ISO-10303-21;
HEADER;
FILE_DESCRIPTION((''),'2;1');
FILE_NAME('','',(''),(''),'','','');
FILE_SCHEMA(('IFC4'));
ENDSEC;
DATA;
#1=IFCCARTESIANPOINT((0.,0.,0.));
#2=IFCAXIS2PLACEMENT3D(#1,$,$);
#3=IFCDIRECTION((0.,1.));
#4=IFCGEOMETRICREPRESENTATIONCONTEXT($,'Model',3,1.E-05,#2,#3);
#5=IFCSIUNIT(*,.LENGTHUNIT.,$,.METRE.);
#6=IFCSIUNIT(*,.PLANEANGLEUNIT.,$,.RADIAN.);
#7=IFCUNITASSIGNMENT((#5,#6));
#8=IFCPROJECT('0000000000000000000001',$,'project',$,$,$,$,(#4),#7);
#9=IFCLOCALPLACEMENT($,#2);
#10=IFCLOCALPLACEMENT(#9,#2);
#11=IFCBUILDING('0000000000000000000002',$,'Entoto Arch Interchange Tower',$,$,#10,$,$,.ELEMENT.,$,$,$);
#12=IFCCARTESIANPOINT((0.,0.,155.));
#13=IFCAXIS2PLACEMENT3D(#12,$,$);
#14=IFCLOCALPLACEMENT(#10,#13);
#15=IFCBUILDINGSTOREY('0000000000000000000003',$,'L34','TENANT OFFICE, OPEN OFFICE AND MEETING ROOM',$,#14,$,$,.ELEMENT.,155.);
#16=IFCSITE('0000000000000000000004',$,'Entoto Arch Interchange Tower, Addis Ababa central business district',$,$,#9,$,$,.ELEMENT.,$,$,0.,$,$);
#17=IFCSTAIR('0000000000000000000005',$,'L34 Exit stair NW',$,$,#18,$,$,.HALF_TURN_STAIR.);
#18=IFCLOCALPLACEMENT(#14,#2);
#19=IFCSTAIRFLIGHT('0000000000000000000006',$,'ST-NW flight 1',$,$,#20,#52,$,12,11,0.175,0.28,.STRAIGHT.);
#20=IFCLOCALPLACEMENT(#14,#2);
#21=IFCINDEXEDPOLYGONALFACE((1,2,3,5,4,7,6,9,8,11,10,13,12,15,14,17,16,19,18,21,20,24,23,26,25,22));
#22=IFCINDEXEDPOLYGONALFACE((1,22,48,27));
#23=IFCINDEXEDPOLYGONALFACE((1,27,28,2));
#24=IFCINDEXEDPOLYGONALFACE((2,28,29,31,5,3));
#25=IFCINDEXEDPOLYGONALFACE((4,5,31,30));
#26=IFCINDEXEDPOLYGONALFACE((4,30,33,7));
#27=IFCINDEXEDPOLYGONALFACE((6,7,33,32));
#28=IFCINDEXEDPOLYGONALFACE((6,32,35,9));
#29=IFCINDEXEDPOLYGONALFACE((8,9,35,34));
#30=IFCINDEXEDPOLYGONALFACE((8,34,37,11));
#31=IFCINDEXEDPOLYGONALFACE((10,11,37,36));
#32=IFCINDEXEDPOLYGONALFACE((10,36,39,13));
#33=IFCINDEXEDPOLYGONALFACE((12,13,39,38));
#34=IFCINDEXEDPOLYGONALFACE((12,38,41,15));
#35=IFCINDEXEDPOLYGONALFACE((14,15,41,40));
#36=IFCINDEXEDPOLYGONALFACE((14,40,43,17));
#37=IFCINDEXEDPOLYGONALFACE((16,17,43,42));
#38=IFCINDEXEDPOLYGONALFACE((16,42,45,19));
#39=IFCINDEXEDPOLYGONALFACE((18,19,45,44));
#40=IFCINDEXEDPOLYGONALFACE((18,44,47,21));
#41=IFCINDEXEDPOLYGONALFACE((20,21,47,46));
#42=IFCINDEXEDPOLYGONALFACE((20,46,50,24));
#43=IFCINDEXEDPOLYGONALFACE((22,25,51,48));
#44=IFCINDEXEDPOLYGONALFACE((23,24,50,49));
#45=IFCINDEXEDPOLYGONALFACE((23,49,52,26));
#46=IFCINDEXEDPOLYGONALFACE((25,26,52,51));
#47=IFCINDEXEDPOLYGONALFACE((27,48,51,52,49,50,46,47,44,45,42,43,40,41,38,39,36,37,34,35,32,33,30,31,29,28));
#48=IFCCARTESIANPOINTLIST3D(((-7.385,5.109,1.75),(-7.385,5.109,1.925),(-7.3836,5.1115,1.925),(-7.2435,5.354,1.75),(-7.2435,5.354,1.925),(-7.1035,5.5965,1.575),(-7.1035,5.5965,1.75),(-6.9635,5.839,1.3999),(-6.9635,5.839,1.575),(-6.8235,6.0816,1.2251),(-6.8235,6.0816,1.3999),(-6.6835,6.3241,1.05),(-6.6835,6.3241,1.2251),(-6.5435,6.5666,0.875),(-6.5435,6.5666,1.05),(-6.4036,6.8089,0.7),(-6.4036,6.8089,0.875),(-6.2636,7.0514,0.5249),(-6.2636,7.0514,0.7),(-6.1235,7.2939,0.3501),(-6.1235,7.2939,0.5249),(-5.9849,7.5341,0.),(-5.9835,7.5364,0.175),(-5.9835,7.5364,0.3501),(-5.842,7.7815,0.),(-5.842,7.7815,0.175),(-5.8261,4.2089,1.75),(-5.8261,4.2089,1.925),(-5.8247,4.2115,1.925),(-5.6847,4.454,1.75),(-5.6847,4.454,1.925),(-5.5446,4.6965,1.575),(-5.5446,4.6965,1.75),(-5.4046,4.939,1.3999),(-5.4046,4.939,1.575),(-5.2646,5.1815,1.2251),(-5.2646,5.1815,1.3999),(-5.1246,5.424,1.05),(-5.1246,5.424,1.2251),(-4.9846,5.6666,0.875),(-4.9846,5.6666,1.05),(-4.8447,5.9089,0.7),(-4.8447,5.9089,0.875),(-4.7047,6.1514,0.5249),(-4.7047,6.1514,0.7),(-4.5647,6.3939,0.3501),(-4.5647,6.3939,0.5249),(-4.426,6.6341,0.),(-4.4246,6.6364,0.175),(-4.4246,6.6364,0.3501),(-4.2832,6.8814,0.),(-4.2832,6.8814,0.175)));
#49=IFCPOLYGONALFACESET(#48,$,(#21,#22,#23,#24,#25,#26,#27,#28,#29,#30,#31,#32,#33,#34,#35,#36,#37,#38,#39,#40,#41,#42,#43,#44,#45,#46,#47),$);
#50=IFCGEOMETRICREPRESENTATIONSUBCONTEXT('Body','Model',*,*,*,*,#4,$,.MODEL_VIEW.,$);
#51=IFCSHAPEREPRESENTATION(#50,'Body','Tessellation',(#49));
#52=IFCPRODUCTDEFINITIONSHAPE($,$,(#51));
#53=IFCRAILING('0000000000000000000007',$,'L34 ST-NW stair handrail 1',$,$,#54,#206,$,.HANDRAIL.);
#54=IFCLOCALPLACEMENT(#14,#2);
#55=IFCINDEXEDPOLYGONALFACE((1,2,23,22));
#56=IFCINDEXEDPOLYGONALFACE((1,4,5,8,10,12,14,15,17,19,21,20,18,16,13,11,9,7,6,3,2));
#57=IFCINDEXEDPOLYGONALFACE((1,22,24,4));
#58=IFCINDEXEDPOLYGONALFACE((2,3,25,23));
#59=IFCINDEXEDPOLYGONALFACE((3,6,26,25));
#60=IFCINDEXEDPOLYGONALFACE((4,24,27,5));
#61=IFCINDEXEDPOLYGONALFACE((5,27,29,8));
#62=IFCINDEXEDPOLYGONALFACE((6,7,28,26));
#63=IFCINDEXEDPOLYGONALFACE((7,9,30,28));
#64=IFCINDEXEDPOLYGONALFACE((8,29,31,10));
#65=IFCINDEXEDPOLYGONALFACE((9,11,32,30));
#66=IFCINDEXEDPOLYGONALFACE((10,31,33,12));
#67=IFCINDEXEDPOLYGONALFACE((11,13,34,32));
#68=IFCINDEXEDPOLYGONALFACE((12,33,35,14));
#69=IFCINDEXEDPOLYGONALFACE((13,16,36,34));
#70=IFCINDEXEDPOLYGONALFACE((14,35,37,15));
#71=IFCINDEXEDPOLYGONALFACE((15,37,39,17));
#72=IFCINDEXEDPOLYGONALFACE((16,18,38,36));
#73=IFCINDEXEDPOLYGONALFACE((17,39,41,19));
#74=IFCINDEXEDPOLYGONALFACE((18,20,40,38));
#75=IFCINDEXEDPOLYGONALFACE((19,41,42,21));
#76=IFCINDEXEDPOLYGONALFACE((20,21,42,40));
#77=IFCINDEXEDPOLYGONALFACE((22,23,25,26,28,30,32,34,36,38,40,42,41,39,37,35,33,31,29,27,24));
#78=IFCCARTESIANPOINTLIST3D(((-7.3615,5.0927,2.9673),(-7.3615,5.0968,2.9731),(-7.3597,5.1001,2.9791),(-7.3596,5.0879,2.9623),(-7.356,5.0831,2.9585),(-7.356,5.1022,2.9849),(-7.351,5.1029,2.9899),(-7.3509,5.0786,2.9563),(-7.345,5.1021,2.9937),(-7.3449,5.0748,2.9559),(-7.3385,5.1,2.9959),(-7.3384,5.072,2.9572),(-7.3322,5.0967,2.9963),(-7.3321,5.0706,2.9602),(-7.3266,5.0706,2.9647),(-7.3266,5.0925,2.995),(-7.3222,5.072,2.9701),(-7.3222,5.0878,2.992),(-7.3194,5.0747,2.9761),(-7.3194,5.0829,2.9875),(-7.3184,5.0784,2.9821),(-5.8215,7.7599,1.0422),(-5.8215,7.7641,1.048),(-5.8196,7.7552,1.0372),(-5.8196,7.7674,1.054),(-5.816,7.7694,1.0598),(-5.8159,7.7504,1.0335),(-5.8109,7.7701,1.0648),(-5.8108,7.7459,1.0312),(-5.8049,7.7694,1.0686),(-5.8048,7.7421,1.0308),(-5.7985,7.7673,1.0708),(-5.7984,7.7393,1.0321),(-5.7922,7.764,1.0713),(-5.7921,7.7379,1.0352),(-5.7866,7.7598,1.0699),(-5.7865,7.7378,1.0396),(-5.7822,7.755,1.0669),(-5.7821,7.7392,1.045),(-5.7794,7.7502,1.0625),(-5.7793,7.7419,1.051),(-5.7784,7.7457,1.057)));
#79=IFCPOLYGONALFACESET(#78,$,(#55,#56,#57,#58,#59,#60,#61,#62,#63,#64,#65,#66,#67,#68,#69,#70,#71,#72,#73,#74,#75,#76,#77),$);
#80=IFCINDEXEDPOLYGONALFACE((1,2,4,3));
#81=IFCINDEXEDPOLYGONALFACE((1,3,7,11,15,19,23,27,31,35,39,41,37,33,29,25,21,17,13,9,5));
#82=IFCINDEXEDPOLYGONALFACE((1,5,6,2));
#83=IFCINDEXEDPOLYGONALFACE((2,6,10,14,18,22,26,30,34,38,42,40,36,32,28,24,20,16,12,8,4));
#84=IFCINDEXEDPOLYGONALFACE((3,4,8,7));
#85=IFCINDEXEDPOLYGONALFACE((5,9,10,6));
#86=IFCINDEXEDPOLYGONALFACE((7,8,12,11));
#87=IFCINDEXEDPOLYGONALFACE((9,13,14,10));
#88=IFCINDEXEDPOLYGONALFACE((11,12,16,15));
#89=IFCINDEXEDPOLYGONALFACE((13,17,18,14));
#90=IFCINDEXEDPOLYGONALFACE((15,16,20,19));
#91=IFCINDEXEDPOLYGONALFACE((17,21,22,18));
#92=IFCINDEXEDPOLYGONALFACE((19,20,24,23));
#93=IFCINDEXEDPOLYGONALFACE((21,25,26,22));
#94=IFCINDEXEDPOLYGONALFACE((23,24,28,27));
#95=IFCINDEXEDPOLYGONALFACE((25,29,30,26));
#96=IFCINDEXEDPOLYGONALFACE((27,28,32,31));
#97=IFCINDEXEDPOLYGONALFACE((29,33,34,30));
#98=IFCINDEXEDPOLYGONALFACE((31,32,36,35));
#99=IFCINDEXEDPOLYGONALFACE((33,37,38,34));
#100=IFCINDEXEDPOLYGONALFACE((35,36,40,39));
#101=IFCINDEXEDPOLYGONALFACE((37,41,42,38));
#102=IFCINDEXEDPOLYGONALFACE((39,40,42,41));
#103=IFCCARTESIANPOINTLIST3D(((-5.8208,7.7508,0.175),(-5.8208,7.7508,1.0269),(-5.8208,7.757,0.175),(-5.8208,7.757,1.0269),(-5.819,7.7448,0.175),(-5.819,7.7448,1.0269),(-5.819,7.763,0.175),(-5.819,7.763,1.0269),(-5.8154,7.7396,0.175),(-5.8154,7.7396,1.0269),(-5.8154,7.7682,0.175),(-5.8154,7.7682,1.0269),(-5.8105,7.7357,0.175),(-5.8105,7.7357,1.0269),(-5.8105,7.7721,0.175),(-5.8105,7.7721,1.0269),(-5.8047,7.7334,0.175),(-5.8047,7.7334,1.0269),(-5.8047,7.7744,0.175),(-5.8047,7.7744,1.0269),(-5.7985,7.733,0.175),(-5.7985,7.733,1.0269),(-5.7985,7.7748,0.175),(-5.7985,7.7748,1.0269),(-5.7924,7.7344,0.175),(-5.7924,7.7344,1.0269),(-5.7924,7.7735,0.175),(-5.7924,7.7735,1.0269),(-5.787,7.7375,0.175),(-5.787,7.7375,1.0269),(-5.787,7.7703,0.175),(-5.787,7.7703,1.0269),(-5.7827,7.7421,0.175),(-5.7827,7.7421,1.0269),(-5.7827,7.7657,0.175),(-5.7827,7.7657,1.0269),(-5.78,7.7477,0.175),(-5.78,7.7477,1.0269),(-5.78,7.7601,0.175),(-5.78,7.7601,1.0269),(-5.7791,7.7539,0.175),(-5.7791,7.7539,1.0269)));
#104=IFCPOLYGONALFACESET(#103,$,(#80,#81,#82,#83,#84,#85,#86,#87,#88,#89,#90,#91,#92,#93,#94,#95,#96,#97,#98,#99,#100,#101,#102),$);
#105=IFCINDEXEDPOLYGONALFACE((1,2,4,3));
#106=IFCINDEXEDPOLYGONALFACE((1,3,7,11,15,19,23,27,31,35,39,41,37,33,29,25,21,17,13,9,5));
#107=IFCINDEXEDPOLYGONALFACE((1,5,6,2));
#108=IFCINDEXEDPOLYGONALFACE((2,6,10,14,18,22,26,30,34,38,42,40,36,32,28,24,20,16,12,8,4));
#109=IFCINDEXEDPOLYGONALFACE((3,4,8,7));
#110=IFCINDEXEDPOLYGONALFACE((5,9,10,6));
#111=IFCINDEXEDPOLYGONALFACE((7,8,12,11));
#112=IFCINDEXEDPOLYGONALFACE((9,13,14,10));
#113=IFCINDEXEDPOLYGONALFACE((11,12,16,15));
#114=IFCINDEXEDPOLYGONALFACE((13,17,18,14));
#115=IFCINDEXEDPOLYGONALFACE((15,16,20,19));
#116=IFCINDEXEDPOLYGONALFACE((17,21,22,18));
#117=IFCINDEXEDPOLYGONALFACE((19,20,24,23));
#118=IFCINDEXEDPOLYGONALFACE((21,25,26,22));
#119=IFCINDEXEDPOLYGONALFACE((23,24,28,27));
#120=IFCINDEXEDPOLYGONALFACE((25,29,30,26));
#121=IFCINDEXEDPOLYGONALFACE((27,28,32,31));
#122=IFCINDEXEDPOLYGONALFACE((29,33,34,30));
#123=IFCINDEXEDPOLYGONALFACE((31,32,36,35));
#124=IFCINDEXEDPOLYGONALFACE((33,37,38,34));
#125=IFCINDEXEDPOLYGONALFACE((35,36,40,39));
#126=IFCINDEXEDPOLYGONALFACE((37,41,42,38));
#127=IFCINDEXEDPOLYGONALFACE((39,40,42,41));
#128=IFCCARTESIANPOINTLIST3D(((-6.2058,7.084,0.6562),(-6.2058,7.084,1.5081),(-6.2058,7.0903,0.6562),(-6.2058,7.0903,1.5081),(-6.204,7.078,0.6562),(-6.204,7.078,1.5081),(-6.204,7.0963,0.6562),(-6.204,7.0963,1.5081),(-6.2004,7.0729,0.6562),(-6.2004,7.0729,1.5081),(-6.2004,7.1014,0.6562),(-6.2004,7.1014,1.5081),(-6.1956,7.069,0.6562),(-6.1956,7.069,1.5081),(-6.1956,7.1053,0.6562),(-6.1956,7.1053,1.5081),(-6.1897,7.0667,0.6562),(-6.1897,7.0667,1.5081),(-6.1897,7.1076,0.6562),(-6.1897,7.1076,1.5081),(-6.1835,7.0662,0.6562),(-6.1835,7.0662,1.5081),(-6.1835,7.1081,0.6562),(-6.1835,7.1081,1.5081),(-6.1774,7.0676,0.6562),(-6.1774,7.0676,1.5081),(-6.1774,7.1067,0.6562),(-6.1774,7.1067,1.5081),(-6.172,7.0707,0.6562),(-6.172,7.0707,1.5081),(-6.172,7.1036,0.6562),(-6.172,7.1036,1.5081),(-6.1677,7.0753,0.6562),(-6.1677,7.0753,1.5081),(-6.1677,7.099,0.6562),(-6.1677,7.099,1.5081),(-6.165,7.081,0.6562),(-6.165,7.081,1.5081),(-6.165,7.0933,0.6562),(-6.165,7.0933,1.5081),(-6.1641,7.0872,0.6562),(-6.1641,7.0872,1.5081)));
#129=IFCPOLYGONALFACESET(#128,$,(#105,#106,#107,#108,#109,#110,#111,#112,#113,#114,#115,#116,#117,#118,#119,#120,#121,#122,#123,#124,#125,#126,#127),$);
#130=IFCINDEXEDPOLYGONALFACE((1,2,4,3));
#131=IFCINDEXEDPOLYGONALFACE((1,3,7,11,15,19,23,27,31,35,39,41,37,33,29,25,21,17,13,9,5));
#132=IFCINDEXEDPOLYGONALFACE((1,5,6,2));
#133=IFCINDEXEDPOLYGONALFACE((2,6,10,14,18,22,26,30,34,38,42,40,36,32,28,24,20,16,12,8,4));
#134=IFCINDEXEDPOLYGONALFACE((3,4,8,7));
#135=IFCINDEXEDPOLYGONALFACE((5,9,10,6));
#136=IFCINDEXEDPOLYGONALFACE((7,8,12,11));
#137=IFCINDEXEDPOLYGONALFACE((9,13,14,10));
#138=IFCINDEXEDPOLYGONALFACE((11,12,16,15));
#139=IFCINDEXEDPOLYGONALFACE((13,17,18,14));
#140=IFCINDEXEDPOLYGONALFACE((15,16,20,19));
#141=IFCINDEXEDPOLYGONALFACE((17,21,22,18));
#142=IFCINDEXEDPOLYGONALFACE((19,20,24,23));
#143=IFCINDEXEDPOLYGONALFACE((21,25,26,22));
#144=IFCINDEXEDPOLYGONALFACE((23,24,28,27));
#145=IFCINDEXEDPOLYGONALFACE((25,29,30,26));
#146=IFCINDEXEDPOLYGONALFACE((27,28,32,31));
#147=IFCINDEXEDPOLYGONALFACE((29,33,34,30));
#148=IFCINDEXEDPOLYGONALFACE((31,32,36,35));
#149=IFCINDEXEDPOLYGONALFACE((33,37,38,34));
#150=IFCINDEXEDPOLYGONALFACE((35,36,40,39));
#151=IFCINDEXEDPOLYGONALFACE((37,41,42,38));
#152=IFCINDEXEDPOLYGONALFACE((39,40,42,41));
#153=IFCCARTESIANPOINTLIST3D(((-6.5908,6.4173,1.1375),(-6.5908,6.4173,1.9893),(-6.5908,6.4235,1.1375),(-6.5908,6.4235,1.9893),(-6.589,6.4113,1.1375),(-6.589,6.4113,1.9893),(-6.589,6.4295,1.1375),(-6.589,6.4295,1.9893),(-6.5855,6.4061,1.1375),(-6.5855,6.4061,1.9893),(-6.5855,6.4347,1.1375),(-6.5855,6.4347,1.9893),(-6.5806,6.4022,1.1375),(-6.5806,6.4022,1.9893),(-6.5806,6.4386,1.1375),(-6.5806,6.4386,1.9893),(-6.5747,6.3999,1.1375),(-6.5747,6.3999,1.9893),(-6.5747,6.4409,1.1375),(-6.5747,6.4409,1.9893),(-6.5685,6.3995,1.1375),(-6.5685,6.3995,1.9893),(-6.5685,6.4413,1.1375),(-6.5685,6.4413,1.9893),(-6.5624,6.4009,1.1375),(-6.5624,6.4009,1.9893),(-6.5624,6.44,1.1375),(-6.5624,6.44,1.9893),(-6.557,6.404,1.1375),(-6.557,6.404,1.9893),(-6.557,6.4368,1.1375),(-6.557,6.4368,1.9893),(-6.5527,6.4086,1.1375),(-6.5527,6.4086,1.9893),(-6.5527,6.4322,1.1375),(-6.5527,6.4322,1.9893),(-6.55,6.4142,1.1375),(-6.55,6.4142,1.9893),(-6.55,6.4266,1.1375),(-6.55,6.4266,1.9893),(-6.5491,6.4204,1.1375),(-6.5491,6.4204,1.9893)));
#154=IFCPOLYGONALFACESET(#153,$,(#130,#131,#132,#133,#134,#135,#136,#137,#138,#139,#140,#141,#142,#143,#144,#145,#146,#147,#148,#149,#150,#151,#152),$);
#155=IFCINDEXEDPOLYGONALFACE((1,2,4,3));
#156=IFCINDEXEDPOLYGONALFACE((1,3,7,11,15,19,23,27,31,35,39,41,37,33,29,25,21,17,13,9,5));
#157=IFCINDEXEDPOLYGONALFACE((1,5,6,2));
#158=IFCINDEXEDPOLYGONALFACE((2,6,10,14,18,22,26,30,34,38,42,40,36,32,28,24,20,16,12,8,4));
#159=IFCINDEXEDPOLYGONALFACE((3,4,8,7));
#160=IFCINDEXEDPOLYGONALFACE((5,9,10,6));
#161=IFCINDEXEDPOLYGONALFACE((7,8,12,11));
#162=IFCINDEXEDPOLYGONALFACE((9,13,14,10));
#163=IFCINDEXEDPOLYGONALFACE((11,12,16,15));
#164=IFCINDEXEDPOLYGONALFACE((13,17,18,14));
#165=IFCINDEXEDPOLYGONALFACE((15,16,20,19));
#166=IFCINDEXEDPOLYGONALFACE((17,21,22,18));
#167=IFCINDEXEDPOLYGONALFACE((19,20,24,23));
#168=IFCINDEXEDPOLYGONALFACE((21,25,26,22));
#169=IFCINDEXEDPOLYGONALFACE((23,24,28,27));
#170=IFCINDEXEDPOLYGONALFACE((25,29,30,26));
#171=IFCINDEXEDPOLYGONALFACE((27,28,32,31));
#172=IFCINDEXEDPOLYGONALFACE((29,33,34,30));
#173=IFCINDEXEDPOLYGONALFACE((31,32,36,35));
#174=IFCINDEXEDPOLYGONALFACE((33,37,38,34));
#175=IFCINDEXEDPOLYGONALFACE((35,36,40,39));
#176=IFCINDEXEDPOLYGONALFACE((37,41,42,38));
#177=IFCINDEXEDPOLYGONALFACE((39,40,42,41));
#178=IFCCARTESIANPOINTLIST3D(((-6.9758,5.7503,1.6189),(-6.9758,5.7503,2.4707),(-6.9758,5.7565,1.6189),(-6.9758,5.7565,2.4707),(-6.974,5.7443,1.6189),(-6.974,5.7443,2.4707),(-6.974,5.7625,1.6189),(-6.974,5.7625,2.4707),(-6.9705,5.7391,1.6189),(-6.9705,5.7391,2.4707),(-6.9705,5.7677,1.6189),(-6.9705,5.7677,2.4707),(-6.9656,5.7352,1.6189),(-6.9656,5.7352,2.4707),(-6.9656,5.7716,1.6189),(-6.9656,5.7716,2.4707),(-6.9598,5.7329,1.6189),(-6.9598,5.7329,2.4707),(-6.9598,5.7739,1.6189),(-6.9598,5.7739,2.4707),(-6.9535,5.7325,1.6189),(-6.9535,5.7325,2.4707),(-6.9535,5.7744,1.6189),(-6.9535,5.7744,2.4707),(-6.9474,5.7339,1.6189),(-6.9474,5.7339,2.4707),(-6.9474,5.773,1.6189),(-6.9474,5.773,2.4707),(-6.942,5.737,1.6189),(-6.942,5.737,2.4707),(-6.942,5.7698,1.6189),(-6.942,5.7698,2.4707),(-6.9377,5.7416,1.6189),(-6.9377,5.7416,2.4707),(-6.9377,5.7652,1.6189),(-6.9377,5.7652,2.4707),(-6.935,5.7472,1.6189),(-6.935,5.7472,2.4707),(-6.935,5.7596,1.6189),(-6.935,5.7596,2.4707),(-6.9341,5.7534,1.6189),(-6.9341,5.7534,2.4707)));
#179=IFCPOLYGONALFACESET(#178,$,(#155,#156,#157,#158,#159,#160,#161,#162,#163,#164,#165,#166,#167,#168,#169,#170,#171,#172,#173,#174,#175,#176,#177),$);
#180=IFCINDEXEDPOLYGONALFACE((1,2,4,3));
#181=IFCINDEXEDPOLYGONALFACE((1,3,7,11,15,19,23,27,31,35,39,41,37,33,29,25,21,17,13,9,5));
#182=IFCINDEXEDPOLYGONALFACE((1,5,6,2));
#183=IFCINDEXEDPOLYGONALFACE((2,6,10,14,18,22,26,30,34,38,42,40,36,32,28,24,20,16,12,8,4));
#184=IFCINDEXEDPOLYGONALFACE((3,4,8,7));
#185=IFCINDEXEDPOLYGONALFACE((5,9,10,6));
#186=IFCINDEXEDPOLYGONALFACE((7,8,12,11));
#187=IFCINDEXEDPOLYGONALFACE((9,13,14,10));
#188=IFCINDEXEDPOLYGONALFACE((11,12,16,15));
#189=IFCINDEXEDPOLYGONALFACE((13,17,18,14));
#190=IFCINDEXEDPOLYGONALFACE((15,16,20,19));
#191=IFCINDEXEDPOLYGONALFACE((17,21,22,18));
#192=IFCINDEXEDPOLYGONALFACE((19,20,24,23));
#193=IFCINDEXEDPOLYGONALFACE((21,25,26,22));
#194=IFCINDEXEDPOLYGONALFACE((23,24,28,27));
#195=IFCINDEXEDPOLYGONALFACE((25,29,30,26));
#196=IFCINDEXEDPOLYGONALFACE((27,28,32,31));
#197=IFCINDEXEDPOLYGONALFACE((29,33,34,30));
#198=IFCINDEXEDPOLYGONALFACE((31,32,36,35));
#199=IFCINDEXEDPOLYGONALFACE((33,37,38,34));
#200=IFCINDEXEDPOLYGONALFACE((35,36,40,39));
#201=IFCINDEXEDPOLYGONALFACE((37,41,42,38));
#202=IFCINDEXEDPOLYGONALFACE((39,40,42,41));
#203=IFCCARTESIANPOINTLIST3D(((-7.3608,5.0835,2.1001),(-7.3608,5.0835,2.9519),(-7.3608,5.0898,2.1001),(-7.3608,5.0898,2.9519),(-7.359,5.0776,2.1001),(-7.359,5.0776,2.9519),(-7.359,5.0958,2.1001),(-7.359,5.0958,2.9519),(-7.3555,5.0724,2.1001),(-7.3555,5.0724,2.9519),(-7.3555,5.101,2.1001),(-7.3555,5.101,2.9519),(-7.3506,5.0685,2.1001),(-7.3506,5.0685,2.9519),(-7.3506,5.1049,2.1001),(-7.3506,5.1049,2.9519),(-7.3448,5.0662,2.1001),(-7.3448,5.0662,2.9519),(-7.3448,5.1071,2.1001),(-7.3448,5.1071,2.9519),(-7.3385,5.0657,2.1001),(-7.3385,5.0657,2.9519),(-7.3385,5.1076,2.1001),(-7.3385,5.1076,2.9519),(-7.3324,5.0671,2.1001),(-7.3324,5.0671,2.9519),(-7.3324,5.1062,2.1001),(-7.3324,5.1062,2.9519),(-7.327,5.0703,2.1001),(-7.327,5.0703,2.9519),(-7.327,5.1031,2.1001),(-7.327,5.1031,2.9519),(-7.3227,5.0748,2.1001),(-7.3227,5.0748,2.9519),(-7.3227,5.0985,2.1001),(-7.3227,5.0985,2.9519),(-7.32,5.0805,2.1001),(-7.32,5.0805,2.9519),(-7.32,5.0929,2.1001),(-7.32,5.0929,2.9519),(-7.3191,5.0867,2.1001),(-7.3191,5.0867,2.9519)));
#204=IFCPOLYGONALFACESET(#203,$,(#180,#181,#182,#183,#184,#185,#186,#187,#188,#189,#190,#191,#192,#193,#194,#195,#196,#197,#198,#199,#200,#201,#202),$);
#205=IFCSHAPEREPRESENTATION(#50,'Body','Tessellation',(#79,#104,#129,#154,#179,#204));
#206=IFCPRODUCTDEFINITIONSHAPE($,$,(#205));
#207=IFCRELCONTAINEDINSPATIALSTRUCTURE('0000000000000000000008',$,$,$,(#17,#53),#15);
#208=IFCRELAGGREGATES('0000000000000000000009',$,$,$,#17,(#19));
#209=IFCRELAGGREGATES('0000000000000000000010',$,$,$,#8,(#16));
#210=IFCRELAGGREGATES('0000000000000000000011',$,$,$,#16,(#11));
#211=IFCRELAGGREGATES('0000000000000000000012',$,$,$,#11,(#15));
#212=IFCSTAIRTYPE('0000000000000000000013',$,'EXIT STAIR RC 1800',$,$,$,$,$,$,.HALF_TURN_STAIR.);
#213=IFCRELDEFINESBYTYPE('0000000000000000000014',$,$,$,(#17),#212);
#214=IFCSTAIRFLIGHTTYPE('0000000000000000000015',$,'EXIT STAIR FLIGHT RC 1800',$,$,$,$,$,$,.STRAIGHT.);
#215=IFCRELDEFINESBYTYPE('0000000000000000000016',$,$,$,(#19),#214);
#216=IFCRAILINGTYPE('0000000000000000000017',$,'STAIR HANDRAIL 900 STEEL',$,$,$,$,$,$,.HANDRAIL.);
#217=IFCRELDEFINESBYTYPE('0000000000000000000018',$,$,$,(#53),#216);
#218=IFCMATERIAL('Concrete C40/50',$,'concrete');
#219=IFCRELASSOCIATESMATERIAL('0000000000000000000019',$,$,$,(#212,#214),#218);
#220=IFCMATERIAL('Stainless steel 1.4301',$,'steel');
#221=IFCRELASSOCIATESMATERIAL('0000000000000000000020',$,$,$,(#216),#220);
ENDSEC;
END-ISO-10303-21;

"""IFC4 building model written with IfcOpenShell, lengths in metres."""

from ifc_helpers import new_model, si_unit, direction, frame, origin, origin_2d, place, context, subcontext, project, spatial, polyline, circle, outline, extrude, material, type_object, element, aggregate, save


model = new_model("IFC4")

# Units and contexts
model_context = context("Model", 3, precision=1e-05, world=origin(), true_north=direction((0.0, 1.0)))
body_context = subcontext(model_context, "Body", "Model", "MODEL_VIEW")
ifc_project = project(units=[si_unit("LENGTHUNIT", "METRE"), si_unit("PLANEANGLEUNIT", "RADIAN")], contexts=[model_context])

# Site, building, storey
site_placement = place(None, origin())
site = spatial("IfcSite", under=ifc_project, at=site_placement, Name="Entoto Arch Interchange Tower, Addis Ababa central business district", CompositionType="ELEMENT", RefElevation=0.0)
building_placement = place(site_placement, origin())
building = spatial("IfcBuilding", under=site, at=building_placement, Name="Entoto Arch Interchange Tower", CompositionType="ELEMENT")
storey_placement = place(building_placement, frame((0.0, 0.0, 155.0)))
storey = spatial("IfcBuildingStorey", under=building, at=storey_placement, Name="L34", Description="TENANT OFFICE, OPEN OFFICE AND MEETING ROOM", CompositionType="ELEMENT", Elevation=155.0)

# Shared definitions
ifc_material_1 = material(Name="Concrete C40/50", Category="concrete")

# Stair, stair flight
stair_type = type_object("IfcStairType", Name="EXIT STAIR RC 1800", PredefinedType="HALF_TURN_STAIR", material=ifc_material_1)
stair_placement = place(storey_placement, origin())
stair = element("IfcStair", 1, at=stair_placement, inside=storey, type_object=stair_type, Name="L34 Exit stair NW", PredefinedType="HALF_TURN_STAIR")
stair_flight_type = type_object("IfcStairFlightType", Name="EXIT STAIR FLIGHT RC 1800", PredefinedType="STRAIGHT", material=ifc_material_1)
stair_flight_placement = place(storey_placement, frame((-5.064, 7.3289, 0.0), z_axis=(0.0, 0.0, 1.0), x_axis=(-0.5, -0.866025, 0.0)))
stair_flight = element("IfcStairFlight", 2, at=stair_flight_placement, type_object=stair_flight_type, Name="ST-NW flight 1", NumberOfRisers=12, NumberOfTreads=11, PredefinedType="STRAIGHT", RiserHeight=0.175, TreadLength=0.28, context=body_context, shape_type="SweptSolid", body=[
    extrude(outline(polyline([(-0.0029, 0.0), (-0.0029, 0.175), (0.28, 0.175), (0.28, 0.3501), (0.5601, 0.3501), (0.5601, 0.5249), (0.8401, 0.5249), (0.8401, 0.7), (1.1201, 0.7), (1.1201, 0.875), (1.3999, 0.875), (1.3999, 1.05), (1.6799, 1.05), (1.6799, 1.2251), (1.96, 1.2251), (1.96, 1.3999), (2.24, 1.3999), (2.24, 1.575), (2.52, 1.575), (2.52, 1.75), (2.8, 1.75), (2.8, 1.925), (3.0801, 1.925), (3.083, 1.925), (3.083, 1.75), (0.2827, 0.0), (-0.0029, 0.0)])), frame((0.0, 0.8999, 0.0), z_axis=(0.0, -1.0, 0.0), x_axis=(1.0, 0.0, 0.0)), (0.0, 0.0, 1.0), 1.8),
])
aggregate(stair, [stair_flight])

# Railing
ifc_material_2 = material(Name="Stainless steel 1.4301", Category="steel")
railing_type = type_object("IfcRailingType", Name="STAIR HANDRAIL 900 STEEL", PredefinedType="HANDRAIL", material=ifc_material_2)
railing_placement = place(storey_placement, frame((-5.8, 7.7539, 0.175)))
element("IfcRailing", 3, at=railing_placement, inside=storey, type_object=railing_type, Name="L34 ST-NW stair handrail 1", PredefinedType="HANDRAIL", context=body_context, shape_type="SweptSolid", body=[
    extrude(circle(Radius=0.0239, at=origin_2d()), frame((0.0, 0.0, 0.876), z_axis=(-0.424015, -0.734364, 0.530019), x_axis=(0.86601, -0.500027, 0.0)), (0.0, 0.0, 1.0), 3.6321),
    extrude(circle(Radius=0.021, at=origin_2d()), origin(), (0.0, 0.0, 1.0), 0.8518),
    extrude(circle(Radius=0.021, at=origin_2d()), frame((-0.385, -0.6667, 0.4812)), (0.0, 0.0, 1.0), 0.8518),
    extrude(circle(Radius=0.021, at=origin_2d()), frame((-0.77, -1.3335, 0.9624)), (0.0, 0.0, 1.0), 0.8518),
    extrude(circle(Radius=0.021, at=origin_2d()), frame((-1.155, -2.0005, 1.4438)), (0.0, 0.0, 1.0), 0.8518),
    extrude(circle(Radius=0.021, at=origin_2d()), frame((-1.54, -2.6672, 1.925)), (0.0, 0.0, 1.0), 0.8518),
])

save(model, "model.ifc")
